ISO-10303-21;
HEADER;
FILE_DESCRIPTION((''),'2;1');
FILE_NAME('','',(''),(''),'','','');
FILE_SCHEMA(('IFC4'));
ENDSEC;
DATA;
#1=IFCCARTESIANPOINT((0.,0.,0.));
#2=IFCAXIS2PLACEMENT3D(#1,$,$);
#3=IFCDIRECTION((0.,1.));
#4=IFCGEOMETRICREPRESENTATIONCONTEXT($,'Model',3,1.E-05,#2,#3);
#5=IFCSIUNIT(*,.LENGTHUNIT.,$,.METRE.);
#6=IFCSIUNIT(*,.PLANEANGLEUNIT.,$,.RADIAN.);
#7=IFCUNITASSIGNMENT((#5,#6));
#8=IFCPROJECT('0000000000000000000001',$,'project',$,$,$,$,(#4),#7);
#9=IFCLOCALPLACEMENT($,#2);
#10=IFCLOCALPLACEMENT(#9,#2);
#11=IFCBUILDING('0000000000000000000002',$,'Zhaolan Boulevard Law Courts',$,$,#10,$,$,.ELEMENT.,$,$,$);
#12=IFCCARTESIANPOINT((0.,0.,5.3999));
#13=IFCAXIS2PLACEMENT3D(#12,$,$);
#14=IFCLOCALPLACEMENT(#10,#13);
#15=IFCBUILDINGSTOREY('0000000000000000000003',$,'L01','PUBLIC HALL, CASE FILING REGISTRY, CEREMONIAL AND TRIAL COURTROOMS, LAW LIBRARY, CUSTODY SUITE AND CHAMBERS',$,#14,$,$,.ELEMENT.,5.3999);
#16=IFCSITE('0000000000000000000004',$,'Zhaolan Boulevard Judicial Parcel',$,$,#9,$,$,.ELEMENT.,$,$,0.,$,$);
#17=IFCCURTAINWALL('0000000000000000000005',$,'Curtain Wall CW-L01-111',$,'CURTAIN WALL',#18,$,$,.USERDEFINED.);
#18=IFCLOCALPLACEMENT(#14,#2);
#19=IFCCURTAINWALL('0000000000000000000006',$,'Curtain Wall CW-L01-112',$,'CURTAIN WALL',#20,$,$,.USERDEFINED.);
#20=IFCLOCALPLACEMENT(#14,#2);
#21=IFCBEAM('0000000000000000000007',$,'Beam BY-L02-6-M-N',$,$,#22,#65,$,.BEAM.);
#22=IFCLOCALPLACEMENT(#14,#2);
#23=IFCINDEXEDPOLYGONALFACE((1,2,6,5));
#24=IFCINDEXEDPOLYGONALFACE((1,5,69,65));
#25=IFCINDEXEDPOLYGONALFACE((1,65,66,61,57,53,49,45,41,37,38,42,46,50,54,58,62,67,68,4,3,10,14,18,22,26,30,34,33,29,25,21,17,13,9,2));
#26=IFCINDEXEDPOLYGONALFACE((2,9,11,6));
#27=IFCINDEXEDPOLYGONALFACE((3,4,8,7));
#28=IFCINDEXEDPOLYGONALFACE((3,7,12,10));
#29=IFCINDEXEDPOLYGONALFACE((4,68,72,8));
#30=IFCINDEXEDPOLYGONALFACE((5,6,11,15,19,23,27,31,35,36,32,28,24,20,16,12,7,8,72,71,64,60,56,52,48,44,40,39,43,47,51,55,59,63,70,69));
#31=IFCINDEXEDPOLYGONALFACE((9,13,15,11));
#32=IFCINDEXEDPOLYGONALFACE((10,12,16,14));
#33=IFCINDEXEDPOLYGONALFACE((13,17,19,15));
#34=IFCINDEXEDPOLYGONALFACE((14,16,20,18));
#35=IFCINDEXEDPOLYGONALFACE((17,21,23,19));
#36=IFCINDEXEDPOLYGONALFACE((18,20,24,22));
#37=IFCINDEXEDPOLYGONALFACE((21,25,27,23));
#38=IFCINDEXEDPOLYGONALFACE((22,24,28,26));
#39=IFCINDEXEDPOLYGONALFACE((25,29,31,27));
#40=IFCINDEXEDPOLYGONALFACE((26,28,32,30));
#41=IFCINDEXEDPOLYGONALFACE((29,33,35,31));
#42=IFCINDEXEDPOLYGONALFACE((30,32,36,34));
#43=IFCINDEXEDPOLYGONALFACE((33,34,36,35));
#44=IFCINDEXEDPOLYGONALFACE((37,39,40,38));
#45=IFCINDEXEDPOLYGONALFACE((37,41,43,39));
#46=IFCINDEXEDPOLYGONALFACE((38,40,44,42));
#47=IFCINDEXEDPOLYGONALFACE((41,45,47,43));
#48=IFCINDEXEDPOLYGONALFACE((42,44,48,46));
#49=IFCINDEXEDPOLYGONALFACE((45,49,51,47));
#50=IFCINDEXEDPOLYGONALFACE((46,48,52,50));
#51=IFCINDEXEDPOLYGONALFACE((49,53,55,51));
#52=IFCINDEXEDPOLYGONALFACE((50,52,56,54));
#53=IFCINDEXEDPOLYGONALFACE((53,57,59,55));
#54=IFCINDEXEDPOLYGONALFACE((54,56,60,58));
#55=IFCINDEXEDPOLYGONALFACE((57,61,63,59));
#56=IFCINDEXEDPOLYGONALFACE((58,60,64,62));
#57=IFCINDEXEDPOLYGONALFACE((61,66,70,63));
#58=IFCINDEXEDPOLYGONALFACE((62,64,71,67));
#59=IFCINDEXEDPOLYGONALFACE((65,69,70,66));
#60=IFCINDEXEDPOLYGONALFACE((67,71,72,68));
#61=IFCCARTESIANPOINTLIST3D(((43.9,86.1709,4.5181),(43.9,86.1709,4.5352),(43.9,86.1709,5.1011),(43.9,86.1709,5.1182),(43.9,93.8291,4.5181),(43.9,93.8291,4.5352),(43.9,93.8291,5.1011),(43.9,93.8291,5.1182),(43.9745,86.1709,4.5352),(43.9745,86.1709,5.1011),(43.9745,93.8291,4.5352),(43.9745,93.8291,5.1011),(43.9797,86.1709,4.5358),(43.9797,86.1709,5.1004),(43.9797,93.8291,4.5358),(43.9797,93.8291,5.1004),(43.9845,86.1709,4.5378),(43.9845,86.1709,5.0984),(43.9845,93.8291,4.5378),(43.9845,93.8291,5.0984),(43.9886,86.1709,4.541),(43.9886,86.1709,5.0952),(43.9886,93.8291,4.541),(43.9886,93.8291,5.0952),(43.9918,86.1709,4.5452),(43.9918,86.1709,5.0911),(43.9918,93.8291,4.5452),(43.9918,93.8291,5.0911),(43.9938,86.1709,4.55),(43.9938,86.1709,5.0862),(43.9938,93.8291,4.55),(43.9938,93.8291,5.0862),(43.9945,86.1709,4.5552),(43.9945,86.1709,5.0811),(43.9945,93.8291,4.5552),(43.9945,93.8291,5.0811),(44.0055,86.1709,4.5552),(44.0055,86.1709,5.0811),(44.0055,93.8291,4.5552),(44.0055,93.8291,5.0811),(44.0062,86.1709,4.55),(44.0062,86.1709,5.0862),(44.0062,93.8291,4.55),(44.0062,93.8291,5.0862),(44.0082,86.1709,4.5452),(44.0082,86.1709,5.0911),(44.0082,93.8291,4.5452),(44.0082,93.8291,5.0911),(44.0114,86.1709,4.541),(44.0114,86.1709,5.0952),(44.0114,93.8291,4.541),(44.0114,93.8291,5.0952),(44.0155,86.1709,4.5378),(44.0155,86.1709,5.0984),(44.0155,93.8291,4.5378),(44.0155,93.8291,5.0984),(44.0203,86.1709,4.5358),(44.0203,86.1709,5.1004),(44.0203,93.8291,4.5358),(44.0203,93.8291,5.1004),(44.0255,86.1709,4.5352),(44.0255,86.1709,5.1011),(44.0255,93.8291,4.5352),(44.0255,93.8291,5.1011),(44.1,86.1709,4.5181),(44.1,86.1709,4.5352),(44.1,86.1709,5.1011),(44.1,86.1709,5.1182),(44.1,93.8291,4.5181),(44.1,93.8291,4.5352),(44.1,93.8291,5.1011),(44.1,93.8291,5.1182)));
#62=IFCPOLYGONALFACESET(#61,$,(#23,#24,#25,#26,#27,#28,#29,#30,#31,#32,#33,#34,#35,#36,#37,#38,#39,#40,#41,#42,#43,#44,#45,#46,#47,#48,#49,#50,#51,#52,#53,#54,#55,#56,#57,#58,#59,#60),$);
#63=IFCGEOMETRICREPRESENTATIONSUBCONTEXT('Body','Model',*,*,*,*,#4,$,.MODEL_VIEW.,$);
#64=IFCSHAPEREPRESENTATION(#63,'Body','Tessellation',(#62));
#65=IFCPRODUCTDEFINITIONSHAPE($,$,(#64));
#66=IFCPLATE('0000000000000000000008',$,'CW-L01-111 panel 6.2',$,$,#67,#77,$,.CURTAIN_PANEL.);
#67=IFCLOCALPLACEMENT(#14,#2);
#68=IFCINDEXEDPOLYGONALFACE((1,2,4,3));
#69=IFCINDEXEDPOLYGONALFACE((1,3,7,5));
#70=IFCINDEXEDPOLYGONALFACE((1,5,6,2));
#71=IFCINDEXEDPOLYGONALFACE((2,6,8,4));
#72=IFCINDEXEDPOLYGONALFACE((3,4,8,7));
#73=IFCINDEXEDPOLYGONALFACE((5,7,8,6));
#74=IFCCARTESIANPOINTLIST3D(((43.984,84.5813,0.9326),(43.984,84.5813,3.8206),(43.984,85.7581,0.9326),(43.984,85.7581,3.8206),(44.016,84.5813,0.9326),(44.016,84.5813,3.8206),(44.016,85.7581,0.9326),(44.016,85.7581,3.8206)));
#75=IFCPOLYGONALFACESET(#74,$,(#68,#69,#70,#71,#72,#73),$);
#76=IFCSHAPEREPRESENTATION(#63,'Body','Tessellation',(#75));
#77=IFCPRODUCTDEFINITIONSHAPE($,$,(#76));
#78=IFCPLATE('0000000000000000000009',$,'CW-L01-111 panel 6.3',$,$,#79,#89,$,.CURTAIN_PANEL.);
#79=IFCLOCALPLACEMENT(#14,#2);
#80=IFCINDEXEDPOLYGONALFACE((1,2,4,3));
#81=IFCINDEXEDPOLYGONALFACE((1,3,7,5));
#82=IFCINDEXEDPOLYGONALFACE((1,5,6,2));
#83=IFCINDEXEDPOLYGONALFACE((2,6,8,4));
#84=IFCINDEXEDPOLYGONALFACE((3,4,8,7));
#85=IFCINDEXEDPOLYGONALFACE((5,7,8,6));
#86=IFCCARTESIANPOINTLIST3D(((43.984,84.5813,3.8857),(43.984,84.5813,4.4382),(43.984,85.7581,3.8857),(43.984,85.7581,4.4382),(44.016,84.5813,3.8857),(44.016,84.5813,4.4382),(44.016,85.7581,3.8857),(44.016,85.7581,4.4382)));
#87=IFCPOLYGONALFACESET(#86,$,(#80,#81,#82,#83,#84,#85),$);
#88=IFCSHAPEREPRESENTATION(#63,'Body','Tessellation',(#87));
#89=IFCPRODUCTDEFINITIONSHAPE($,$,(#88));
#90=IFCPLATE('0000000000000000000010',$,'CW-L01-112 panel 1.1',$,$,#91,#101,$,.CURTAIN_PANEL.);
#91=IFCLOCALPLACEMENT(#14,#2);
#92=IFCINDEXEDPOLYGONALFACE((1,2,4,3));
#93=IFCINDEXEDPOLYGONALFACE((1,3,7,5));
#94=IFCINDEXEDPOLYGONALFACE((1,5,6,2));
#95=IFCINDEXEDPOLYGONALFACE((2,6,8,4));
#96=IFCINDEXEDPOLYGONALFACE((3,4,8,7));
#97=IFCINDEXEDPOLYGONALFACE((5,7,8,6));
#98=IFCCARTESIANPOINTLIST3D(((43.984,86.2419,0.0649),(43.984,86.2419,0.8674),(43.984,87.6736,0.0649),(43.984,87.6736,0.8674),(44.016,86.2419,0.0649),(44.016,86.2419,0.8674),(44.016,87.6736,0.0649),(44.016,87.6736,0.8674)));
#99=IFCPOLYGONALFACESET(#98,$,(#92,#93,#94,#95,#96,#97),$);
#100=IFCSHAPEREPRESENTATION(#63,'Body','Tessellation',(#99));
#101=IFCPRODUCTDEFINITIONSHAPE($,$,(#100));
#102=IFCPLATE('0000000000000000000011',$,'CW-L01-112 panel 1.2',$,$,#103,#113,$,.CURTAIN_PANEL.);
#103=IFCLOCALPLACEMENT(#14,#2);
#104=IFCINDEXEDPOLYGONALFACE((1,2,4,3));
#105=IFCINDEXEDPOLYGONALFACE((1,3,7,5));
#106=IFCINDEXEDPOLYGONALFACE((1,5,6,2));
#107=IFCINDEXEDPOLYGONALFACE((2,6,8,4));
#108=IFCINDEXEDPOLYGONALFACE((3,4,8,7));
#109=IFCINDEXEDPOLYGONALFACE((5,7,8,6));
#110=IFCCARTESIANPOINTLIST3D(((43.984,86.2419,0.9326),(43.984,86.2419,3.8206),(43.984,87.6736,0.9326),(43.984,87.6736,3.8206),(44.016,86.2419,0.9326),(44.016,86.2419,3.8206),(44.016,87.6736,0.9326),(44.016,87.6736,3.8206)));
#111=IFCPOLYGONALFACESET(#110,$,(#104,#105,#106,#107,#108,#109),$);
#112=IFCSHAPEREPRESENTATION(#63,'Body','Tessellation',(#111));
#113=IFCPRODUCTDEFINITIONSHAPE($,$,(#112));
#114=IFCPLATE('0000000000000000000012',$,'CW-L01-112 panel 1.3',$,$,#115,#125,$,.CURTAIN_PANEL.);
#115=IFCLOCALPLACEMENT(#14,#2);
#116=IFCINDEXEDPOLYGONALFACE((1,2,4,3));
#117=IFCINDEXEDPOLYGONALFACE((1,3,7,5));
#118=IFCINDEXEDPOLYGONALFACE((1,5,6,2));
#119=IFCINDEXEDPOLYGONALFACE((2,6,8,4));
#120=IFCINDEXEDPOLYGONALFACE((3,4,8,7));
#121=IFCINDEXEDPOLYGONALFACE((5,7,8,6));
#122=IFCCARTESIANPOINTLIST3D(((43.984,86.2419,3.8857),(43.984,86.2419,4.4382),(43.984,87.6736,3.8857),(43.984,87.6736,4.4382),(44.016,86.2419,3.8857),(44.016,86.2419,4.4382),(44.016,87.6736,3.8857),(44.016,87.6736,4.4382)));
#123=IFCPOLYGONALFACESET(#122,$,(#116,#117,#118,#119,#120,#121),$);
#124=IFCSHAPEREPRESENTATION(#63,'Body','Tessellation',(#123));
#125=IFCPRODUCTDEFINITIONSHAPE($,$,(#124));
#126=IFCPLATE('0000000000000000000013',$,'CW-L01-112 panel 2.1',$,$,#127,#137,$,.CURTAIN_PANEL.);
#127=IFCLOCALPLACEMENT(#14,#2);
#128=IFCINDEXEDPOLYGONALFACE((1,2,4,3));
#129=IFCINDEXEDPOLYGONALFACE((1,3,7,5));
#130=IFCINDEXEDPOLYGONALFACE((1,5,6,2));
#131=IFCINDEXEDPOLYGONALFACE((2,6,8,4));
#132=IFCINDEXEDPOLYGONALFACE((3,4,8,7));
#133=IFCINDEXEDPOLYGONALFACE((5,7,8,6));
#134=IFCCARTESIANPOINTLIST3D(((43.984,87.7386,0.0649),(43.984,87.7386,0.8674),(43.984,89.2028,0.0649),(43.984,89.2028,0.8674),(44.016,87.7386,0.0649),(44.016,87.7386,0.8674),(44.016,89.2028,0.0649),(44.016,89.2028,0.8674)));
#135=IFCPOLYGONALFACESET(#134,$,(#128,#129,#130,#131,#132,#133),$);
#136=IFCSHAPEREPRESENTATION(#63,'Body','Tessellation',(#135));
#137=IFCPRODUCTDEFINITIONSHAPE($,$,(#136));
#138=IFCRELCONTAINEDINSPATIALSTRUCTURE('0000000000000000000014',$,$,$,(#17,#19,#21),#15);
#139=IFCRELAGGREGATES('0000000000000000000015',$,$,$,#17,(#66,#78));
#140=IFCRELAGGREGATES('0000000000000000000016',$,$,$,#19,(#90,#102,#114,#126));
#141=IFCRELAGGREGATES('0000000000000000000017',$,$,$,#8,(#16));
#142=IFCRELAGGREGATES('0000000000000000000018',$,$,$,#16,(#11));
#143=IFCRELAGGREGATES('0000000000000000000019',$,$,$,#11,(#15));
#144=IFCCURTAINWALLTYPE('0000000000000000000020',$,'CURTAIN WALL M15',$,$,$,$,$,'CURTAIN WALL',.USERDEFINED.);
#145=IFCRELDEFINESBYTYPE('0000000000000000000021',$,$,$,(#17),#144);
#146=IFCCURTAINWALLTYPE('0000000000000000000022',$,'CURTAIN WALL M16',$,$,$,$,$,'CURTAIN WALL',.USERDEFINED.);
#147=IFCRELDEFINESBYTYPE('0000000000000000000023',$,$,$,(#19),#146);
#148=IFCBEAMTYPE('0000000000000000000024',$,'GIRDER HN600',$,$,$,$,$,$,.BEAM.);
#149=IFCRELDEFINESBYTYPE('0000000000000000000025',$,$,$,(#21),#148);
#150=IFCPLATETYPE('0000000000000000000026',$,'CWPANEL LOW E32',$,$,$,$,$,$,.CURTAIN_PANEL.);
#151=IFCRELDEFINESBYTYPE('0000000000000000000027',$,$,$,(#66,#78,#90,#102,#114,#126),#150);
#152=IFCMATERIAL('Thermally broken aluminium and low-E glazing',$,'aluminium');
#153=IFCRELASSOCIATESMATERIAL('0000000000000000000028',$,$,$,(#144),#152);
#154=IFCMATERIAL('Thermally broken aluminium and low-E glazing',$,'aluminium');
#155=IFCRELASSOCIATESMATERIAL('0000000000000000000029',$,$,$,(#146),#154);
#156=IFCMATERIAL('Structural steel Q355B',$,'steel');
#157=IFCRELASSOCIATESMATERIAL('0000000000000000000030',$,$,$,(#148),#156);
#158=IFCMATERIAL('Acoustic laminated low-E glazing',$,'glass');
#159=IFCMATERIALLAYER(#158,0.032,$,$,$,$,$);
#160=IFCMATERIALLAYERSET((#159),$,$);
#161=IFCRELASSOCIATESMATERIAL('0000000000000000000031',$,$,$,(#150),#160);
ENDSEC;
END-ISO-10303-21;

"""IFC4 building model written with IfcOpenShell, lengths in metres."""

from ifc_helpers import new_model, si_unit, direction, frame, origin, origin_2d, place, context, subcontext, project, spatial, rectangle, i_section, extrude, material, layer, layer_set, material_profile, profile_set, type_object, element, aggregate, save


model = new_model("IFC4")

# Units and contexts
model_context = context("Model", 3, precision=1e-05, world=origin(), true_north=direction((0.0, 1.0)))
body_context = subcontext(model_context, "Body", "Model", "MODEL_VIEW")
ifc_project = project(units=[si_unit("LENGTHUNIT", "METRE"), si_unit("PLANEANGLEUNIT", "RADIAN")], contexts=[model_context])

# Site, building, storey
site_placement = place(None, origin())
site = spatial("IfcSite", under=ifc_project, at=site_placement, Name="Zhaolan Boulevard Judicial Parcel", CompositionType="ELEMENT", RefElevation=0.0)
building_placement = place(site_placement, origin())
building = spatial("IfcBuilding", under=site, at=building_placement, Name="Zhaolan Boulevard Law Courts", CompositionType="ELEMENT")
storey_placement = place(building_placement, frame((0.0, 0.0, 5.3999)))
storey = spatial("IfcBuildingStorey", under=building, at=storey_placement, Name="L01", Description="PUBLIC HALL, CASE FILING REGISTRY, CEREMONIAL AND TRIAL COURTROOMS, LAW LIBRARY, CUSTODY SUITE AND CHAMBERS", CompositionType="ELEMENT", Elevation=5.3999)

# Curtain wall
ifc_material_1 = material(Name="Thermally broken aluminium and low-E glazing", Category="aluminium")
curtain_wall_type_1 = type_object("IfcCurtainWallType", Name="CURTAIN WALL M15", ElementType="CURTAIN WALL", PredefinedType="USERDEFINED", material=ifc_material_1)
curtain_wall_1_placement = place(storey_placement, origin())
curtain_wall_1 = element("IfcCurtainWall", 1, at=curtain_wall_1_placement, inside=storey, type_object=curtain_wall_type_1, Name="Curtain Wall CW-L01-111", ObjectType="CURTAIN WALL", PredefinedType="USERDEFINED")

# Curtain wall
ifc_material_2 = material(Name="Thermally broken aluminium and low-E glazing", Category="aluminium")
curtain_wall_type_2 = type_object("IfcCurtainWallType", Name="CURTAIN WALL M16", ElementType="CURTAIN WALL", PredefinedType="USERDEFINED", material=ifc_material_2)
curtain_wall_2_placement = place(storey_placement, origin())
curtain_wall_2 = element("IfcCurtainWall", 2, at=curtain_wall_2_placement, inside=storey, type_object=curtain_wall_type_2, Name="Curtain Wall CW-L01-112", ObjectType="CURTAIN WALL", PredefinedType="USERDEFINED")

# Beam
ifc_material_3 = material(Name="Structural steel Q355B", Category="steel")
ifc_material_profile_1 = material_profile(ifc_material_3, i_section(OverallWidth=0.2, OverallDepth=0.6001, WebThickness=0.011, FlangeThickness=0.0171, FilletRadius=0.02, at=origin_2d()), Name="HN600x200")
ifc_profile_set_1 = profile_set([ifc_material_profile_1], Name="Structural steel Q355B")
beam_type = type_object("IfcBeamType", Name="GIRDER HN600", PredefinedType="BEAM", material=ifc_profile_set_1)
beam_placement = place(storey_placement, frame((44.0, 86.1709, 4.8181), z_axis=(0.0, 1.0, 0.0), x_axis=(-1.0, 0.0, 0.0)))
element("IfcBeam", 3, at=beam_placement, inside=storey, type_object=beam_type, Name="Beam BY-L02-6-M-N", PredefinedType="BEAM", context=body_context, shape_type="SweptSolid", body=[
    extrude(i_section(OverallWidth=0.2, OverallDepth=0.6001, WebThickness=0.011, FlangeThickness=0.0171, FilletRadius=0.02, at=origin_2d()), origin(), (0.0, 0.0, 1.0), 7.6582),
])

# Plates
ifc_material_4 = material(Name="Acoustic laminated low-E glazing", Category="glass")
ifc_layer = layer(ifc_material_4, 0.032)
ifc_layer_set = layer_set([ifc_layer])
plate_type = type_object("IfcPlateType", Name="CWPANEL LOW E32", PredefinedType="CURTAIN_PANEL", material=ifc_layer_set)
plate_1_placement = place(storey_placement, frame((44.0, 85.1697, 0.9326), z_axis=(0.0, 0.0, 1.0), x_axis=(0.0, 1.0, 0.0)))
plate_1 = element("IfcPlate", 4, at=plate_1_placement, type_object=plate_type, Name="CW-L01-111 panel 6.2", PredefinedType="CURTAIN_PANEL", context=body_context, shape_type="SweptSolid", body=[
    extrude(rectangle(XDim=1.1768, YDim=0.032, at=origin_2d()), origin(), (0.0, 0.0, 1.0), 2.8879),
])
plate_2_placement = place(storey_placement, frame((44.0, 85.1697, 3.8857), z_axis=(0.0, 0.0, 1.0), x_axis=(0.0, 1.0, 0.0)))
plate_2 = element("IfcPlate", 5, at=plate_2_placement, type_object=plate_type, Name="CW-L01-111 panel 6.3", PredefinedType="CURTAIN_PANEL", context=body_context, shape_type="SweptSolid", body=[
    extrude(rectangle(XDim=1.1768, YDim=0.032, at=origin_2d()), origin(), (0.0, 0.0, 1.0), 0.5525),
])
aggregate(curtain_wall_1, [plate_1, plate_2])
plate_3_placement = place(storey_placement, frame((44.0, 86.9578, 0.0649), z_axis=(0.0, 0.0, 1.0), x_axis=(0.0, 1.0, 0.0)))
plate_3 = element("IfcPlate", 6, at=plate_3_placement, type_object=plate_type, Name="CW-L01-112 panel 1.1", PredefinedType="CURTAIN_PANEL", context=body_context, shape_type="SweptSolid", body=[
    extrude(rectangle(XDim=1.4316, YDim=0.032, at=origin_2d()), origin(), (0.0, 0.0, 1.0), 0.8025),
])
plate_4_placement = place(storey_placement, frame((44.0, 86.9578, 0.9326), z_axis=(0.0, 0.0, 1.0), x_axis=(0.0, 1.0, 0.0)))
plate_4 = element("IfcPlate", 7, at=plate_4_placement, type_object=plate_type, Name="CW-L01-112 panel 1.2", PredefinedType="CURTAIN_PANEL", context=body_context, shape_type="SweptSolid", body=[
    extrude(rectangle(XDim=1.4316, YDim=0.032, at=origin_2d()), origin(), (0.0, 0.0, 1.0), 2.8879),
])
plate_5_placement = place(storey_placement, frame((44.0, 86.9578, 3.8857), z_axis=(0.0, 0.0, 1.0), x_axis=(0.0, 1.0, 0.0)))
plate_5 = element("IfcPlate", 8, at=plate_5_placement, type_object=plate_type, Name="CW-L01-112 panel 1.3", PredefinedType="CURTAIN_PANEL", context=body_context, shape_type="SweptSolid", body=[
    extrude(rectangle(XDim=1.4316, YDim=0.032, at=origin_2d()), origin(), (0.0, 0.0, 1.0), 0.5525),
])
plate_6_placement = place(storey_placement, frame((44.0, 88.4707, 0.0649), z_axis=(0.0, 0.0, 1.0), x_axis=(0.0, 1.0, 0.0)))
plate_6 = element("IfcPlate", 9, at=plate_6_placement, type_object=plate_type, Name="CW-L01-112 panel 2.1", PredefinedType="CURTAIN_PANEL", context=body_context, shape_type="SweptSolid", body=[
    extrude(rectangle(XDim=1.4641, YDim=0.032, at=origin_2d()), origin(), (0.0, 0.0, 1.0), 0.8025),
])
aggregate(curtain_wall_2, [plate_3, plate_4, plate_5, plate_6])

save(model, "model.ifc")
